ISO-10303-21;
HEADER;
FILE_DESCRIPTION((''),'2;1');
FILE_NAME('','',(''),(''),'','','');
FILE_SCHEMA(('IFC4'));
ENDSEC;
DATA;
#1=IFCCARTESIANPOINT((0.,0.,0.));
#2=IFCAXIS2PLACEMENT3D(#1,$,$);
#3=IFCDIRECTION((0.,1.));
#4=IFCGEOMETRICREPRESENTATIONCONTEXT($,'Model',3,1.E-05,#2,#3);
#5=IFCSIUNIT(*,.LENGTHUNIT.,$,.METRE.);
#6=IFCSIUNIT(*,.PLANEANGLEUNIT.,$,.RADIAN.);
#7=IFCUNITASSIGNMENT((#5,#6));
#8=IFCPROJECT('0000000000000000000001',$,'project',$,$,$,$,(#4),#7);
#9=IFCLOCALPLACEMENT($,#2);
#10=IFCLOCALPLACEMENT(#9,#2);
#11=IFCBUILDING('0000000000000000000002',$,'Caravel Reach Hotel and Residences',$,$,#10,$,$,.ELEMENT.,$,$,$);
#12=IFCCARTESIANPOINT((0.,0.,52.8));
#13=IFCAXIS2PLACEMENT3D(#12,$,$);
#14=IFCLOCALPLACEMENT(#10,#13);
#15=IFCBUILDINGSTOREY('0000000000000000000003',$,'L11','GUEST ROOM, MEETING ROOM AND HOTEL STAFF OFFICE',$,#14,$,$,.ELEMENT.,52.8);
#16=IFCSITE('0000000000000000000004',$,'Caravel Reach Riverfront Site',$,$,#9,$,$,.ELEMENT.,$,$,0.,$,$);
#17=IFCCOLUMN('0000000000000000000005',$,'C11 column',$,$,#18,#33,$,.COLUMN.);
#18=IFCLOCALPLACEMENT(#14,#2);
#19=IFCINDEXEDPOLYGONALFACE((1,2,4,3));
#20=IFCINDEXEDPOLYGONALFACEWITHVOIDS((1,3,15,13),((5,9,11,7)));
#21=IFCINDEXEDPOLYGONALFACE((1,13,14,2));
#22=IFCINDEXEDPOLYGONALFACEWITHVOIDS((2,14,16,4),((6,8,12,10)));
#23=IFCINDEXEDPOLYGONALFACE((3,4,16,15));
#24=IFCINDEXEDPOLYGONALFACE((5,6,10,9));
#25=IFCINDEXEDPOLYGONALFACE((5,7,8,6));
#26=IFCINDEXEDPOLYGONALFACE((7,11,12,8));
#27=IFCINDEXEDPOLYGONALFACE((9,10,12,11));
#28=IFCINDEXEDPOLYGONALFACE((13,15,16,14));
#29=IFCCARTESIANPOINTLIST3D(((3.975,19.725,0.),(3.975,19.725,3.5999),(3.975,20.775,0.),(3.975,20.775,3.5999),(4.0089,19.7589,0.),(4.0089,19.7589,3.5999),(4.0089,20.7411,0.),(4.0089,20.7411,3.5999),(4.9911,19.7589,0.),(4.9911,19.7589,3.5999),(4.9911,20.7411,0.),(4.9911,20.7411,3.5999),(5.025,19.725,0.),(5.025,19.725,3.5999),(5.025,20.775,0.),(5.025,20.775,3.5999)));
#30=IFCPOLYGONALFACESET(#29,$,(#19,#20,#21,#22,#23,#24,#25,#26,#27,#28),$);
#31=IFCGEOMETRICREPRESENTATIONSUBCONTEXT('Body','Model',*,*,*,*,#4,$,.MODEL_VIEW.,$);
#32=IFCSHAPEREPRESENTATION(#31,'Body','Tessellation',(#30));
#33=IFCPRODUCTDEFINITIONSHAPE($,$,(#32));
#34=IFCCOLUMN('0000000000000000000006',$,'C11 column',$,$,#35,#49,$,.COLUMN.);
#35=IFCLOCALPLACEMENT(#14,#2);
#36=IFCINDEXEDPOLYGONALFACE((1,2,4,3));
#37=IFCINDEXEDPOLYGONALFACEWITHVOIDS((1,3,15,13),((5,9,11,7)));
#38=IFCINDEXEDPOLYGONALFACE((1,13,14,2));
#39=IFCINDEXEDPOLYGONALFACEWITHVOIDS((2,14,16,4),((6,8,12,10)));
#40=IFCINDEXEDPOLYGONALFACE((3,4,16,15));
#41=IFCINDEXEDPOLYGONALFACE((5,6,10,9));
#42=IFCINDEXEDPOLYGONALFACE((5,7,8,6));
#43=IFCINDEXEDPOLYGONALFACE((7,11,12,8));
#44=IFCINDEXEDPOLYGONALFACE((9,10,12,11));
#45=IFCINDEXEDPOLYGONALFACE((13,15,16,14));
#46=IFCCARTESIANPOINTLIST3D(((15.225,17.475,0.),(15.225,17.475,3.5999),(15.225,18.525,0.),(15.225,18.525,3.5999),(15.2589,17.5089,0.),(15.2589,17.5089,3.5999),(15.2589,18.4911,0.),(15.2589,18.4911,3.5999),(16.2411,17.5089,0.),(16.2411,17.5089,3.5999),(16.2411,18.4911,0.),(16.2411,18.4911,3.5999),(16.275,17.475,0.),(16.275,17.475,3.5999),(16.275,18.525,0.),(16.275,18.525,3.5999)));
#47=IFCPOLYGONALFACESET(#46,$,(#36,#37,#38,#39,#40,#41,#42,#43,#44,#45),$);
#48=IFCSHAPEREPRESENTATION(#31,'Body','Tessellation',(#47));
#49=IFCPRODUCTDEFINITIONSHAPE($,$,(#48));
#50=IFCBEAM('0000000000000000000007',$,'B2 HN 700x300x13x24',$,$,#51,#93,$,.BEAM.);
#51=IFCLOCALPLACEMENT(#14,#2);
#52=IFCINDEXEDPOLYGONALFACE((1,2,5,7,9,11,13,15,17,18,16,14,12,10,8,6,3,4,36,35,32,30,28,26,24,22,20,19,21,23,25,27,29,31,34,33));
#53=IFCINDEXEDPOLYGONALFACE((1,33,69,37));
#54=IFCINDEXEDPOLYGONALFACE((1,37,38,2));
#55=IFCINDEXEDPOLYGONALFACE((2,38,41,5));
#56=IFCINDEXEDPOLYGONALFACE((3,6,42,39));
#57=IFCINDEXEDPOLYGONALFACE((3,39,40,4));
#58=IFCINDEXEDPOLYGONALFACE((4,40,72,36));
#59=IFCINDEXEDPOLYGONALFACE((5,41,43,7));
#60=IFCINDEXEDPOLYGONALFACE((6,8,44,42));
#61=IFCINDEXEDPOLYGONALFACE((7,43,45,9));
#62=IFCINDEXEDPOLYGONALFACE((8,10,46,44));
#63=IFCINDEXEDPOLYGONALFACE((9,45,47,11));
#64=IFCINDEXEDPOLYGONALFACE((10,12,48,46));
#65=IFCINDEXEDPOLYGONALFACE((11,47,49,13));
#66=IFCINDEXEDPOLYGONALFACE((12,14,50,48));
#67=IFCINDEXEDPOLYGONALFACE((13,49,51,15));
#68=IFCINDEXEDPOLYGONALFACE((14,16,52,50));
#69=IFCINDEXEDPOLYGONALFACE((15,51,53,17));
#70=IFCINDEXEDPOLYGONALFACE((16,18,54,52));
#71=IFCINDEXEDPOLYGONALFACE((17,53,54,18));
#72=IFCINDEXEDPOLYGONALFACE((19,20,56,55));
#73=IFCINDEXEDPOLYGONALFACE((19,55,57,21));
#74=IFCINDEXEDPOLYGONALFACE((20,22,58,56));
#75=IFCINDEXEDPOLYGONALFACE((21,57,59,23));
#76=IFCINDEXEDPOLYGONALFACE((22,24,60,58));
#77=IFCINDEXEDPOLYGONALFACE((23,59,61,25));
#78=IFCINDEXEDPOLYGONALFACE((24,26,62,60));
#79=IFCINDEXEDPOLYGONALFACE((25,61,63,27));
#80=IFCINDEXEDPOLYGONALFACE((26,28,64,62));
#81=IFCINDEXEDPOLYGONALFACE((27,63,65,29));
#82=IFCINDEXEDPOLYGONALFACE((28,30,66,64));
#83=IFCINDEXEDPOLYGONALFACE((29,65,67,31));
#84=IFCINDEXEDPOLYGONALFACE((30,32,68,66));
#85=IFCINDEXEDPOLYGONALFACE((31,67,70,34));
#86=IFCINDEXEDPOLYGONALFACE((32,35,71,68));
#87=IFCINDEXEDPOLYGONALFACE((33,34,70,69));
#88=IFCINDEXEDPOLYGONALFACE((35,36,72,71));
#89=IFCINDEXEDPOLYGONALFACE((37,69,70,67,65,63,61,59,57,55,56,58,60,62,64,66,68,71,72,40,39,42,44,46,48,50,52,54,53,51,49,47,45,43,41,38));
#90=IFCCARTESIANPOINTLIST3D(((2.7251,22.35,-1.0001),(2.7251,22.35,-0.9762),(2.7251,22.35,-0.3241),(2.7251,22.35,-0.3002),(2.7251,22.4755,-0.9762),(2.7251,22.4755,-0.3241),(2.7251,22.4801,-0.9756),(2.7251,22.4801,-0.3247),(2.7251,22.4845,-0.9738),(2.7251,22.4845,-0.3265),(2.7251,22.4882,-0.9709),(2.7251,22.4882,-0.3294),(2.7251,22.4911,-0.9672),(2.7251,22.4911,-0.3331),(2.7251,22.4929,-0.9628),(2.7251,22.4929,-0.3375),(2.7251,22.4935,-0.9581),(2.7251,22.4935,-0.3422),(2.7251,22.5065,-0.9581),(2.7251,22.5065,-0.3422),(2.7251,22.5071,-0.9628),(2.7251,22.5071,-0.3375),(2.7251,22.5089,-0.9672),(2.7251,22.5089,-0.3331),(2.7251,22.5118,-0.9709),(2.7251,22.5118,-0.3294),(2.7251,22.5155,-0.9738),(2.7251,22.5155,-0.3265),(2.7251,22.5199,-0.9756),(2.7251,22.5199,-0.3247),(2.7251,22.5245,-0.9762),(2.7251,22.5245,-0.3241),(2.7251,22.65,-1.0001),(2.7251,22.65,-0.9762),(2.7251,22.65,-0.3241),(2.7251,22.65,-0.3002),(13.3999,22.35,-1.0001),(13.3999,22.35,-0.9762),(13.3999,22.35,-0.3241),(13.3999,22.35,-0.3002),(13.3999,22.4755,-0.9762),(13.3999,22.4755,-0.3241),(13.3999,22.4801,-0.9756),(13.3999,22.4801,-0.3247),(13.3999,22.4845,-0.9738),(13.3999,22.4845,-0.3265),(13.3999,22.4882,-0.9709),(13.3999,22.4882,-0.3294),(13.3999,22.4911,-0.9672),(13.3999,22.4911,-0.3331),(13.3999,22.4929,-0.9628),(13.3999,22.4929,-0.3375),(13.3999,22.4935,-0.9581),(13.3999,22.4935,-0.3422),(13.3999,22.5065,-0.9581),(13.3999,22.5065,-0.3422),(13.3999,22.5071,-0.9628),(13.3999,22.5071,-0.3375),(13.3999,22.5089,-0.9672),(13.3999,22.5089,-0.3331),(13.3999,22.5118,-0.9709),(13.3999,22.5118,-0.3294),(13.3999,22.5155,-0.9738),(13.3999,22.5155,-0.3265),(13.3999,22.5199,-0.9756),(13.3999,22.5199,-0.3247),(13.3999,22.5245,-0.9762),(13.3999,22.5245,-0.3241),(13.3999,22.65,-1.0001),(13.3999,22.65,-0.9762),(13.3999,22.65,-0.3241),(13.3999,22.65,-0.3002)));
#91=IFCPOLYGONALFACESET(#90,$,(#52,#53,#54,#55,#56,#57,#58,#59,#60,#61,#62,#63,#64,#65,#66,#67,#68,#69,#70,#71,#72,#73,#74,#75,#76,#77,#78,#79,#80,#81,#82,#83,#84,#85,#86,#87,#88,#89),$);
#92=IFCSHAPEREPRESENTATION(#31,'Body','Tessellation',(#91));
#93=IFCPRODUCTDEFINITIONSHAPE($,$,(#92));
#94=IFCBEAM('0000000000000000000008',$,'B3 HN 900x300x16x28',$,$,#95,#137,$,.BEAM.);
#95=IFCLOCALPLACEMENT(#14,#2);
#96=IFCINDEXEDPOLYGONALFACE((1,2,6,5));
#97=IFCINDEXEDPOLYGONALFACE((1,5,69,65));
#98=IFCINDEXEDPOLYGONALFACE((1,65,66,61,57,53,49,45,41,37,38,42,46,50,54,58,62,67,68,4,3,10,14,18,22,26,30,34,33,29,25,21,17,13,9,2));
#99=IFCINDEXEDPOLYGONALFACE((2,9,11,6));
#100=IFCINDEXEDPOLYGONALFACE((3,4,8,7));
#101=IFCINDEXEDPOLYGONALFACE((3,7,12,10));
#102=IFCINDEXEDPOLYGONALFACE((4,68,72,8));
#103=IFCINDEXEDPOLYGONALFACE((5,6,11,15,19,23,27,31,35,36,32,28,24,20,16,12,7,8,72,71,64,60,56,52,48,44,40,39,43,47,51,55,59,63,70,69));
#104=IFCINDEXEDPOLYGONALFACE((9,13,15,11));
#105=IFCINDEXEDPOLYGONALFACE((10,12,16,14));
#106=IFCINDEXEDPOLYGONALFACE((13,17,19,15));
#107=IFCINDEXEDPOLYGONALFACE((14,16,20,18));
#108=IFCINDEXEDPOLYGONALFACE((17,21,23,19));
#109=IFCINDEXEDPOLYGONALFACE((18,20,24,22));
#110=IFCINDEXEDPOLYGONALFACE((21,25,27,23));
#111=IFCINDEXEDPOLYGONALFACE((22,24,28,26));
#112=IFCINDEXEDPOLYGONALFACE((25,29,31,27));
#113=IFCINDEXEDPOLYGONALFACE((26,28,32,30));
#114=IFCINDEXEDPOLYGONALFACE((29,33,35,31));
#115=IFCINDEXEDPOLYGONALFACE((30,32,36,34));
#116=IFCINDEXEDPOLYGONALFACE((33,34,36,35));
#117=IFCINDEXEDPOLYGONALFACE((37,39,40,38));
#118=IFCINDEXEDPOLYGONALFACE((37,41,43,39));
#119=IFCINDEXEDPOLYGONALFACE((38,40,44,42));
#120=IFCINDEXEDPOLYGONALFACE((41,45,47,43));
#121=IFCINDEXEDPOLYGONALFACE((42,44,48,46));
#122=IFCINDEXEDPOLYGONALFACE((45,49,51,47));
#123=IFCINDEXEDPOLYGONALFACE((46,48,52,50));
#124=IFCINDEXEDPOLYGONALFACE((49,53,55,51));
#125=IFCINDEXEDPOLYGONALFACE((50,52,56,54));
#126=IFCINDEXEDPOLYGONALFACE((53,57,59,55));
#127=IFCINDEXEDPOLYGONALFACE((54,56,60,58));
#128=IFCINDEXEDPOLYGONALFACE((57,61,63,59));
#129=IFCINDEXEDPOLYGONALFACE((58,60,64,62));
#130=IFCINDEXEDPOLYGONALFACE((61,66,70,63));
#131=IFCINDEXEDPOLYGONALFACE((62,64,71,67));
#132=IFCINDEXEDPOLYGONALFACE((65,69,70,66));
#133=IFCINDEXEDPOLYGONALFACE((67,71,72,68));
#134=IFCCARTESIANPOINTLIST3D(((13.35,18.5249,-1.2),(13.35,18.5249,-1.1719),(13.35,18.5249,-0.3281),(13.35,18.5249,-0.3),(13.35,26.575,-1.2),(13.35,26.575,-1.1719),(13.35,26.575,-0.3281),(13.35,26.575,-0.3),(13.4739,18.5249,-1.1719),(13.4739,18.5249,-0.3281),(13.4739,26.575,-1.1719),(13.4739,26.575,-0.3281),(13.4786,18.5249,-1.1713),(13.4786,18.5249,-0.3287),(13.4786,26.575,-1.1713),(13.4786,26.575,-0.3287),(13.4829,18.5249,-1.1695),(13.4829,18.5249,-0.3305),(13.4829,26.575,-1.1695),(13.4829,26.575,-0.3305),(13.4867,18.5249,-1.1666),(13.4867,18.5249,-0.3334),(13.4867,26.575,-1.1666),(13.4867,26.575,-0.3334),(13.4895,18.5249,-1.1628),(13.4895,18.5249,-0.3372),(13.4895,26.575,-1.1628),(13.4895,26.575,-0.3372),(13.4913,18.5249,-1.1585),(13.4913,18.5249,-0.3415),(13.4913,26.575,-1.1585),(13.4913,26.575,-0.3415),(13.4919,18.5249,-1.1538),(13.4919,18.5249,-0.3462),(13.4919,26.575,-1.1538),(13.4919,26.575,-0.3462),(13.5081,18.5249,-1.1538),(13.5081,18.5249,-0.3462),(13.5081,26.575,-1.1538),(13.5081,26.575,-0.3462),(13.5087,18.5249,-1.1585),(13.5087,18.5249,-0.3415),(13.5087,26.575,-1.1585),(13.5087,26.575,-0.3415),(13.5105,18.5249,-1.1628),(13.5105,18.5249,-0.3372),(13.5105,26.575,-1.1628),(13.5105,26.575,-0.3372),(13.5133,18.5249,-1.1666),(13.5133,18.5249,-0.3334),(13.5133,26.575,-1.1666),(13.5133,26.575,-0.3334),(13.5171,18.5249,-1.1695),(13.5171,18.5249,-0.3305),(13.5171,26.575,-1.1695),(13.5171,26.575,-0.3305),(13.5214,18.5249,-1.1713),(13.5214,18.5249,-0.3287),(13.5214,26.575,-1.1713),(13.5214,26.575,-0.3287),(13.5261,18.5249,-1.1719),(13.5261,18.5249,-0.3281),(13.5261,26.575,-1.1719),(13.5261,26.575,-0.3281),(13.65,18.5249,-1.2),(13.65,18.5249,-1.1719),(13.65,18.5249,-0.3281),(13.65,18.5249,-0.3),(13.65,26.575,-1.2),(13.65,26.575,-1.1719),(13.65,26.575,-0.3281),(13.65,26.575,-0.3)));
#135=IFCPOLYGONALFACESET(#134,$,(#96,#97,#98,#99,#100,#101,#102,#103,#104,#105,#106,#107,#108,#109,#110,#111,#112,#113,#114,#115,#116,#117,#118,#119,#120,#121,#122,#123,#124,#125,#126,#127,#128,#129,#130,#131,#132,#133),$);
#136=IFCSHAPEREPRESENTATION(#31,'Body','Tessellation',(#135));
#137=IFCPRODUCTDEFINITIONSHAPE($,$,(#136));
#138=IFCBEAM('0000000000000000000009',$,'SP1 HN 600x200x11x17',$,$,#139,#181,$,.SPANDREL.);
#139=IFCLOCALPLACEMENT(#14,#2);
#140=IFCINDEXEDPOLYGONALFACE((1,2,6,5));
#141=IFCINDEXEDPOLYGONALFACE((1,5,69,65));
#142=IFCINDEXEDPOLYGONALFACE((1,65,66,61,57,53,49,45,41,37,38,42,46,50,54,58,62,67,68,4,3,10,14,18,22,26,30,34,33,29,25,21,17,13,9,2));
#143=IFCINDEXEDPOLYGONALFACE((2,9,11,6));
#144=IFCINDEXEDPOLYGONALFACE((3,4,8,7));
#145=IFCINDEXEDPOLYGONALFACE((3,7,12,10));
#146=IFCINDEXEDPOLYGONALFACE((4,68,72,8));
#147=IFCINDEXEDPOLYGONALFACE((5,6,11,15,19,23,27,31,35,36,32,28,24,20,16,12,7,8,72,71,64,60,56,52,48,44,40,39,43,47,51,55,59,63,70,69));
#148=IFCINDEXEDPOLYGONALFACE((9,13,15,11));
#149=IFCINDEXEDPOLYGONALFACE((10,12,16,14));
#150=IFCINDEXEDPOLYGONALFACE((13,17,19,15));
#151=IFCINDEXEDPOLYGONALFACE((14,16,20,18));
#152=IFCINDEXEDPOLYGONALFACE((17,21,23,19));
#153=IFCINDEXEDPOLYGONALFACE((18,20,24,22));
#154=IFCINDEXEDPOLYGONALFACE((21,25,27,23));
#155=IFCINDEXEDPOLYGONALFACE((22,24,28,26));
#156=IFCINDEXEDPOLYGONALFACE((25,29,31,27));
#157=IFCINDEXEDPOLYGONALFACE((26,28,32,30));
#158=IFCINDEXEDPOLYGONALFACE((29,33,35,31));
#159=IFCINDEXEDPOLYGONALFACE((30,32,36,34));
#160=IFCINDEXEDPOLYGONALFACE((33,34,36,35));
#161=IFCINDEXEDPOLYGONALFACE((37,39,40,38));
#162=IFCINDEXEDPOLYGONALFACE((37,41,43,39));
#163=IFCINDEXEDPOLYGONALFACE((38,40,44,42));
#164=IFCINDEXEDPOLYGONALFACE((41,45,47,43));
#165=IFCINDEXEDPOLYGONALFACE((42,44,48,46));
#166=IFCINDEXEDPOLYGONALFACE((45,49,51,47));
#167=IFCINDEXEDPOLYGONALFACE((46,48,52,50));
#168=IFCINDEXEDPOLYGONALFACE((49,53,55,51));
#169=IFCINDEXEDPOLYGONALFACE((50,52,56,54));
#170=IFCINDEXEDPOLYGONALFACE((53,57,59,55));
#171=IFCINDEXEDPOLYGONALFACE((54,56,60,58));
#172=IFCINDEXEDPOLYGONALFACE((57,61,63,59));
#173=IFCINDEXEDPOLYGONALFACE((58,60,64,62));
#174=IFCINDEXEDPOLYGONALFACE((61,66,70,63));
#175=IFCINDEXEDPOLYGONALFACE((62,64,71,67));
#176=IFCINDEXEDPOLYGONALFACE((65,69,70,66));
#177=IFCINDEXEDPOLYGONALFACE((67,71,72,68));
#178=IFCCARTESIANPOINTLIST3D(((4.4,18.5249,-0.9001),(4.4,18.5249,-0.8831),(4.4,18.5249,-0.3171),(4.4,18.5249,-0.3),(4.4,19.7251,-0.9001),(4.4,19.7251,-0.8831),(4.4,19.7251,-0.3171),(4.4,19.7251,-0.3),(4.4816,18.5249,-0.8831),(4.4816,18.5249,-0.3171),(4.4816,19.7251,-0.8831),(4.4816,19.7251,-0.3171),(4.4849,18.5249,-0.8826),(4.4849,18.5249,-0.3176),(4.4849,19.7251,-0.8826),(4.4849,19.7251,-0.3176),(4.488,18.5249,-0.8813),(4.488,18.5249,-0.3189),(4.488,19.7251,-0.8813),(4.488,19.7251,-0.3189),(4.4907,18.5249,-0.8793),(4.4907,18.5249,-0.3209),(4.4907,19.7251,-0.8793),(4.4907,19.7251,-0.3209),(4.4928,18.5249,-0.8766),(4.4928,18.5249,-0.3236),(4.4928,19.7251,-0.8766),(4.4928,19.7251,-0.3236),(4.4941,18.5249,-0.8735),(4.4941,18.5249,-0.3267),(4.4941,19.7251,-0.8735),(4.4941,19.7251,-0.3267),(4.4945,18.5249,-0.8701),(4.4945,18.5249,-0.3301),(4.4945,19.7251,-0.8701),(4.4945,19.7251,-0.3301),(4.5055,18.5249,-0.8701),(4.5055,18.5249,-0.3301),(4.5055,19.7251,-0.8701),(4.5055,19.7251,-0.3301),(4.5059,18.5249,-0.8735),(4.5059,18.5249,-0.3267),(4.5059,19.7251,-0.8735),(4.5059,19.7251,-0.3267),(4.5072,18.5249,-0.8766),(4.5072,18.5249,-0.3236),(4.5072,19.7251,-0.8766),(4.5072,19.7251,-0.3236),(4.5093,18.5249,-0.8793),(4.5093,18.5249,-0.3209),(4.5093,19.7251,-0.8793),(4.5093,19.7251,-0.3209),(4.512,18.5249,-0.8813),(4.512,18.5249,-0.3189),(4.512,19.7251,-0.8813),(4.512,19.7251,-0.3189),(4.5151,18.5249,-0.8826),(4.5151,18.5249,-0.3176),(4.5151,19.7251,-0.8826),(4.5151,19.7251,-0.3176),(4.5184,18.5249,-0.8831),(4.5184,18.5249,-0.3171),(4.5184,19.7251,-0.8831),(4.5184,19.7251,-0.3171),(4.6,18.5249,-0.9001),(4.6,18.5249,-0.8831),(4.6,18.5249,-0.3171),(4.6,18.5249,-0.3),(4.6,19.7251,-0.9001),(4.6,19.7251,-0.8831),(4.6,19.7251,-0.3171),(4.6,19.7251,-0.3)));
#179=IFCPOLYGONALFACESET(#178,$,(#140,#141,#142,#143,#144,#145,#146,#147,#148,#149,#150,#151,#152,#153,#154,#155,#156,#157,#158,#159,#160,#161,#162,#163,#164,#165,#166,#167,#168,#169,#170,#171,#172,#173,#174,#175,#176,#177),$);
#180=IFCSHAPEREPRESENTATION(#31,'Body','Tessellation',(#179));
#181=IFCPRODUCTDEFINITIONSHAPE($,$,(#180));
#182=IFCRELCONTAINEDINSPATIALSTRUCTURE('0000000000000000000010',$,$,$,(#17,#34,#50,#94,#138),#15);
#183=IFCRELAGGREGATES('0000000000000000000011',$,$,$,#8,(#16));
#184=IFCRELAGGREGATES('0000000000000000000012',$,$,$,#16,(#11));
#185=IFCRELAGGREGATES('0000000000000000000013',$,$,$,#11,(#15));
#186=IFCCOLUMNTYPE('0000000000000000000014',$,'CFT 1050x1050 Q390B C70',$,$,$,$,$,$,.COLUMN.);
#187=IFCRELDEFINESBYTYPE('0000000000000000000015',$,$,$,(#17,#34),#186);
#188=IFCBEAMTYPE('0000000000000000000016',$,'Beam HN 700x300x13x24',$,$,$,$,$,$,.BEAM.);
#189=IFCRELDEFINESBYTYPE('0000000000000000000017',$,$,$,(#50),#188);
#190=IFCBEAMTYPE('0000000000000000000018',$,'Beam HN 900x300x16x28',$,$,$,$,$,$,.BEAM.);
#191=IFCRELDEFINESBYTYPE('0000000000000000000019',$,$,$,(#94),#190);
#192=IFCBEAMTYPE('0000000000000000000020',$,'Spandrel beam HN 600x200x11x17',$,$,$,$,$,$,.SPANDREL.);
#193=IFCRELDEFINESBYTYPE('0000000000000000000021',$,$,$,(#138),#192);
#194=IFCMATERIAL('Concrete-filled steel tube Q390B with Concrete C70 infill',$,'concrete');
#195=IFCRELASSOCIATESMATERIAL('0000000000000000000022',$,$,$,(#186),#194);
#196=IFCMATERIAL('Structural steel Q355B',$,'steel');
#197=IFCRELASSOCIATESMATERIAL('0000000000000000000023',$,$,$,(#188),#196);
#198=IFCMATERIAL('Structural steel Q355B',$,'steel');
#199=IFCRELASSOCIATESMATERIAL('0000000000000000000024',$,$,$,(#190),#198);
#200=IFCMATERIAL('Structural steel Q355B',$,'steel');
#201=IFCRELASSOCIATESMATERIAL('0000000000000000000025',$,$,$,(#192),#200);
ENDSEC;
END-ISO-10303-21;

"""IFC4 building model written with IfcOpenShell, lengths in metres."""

from ifc_helpers import new_model, si_unit, direction, frame, origin, origin_2d, place, context, subcontext, project, spatial, hollow_rectangle, i_section, extrude, material, material_profile, profile_set, type_object, element, save


model = new_model("IFC4")

# Units and contexts
model_context = context("Model", 3, precision=1e-05, world=origin(), true_north=direction((0.0, 1.0)))
body_context = subcontext(model_context, "Body", "Model", "MODEL_VIEW")
ifc_project = project(units=[si_unit("LENGTHUNIT", "METRE"), si_unit("PLANEANGLEUNIT", "RADIAN")], contexts=[model_context])

# Site, building, storey
site_placement = place(None, origin())
site = spatial("IfcSite", under=ifc_project, at=site_placement, Name="Caravel Reach Riverfront Site", CompositionType="ELEMENT", RefElevation=0.0)
building_placement = place(site_placement, origin())
building = spatial("IfcBuilding", under=site, at=building_placement, Name="Caravel Reach Hotel and Residences", CompositionType="ELEMENT")
storey_placement = place(building_placement, frame((0.0, 0.0, 52.8)))
storey = spatial("IfcBuildingStorey", under=building, at=storey_placement, Name="L11", Description="GUEST ROOM, MEETING ROOM AND HOTEL STAFF OFFICE", CompositionType="ELEMENT", Elevation=52.8)

# Columns
ifc_material_1 = material(Name="Concrete-filled steel tube Q390B with Concrete C70 infill", Category="concrete")
ifc_material_profile_1 = material_profile(ifc_material_1, hollow_rectangle(XDim=1.05, YDim=1.05, WallThickness=0.0339, at=origin_2d()), Name="RHS 1050x1050x34")
ifc_profile_set_1 = profile_set([ifc_material_profile_1], Name="Concrete-filled steel tube Q390B with Concrete C70 infill")
column_type = type_object("IfcColumnType", Name="CFT 1050x1050 Q390B C70", PredefinedType="COLUMN", material=ifc_profile_set_1)
for number, where, z_axis, x_axis, name in (
    (1, (4.5, 20.25, 0.0), (0.0, 0.0, 1.0), (1.0, 0.0, 0.0), "C11 column"),
    (2, (15.75, 18.0, 0.0), (0.0, 0.0, 1.0), (1.0, 0.0, 0.0), "C11 column"),
):
    element("IfcColumn", number, at=place(storey_placement, frame(where, z_axis=z_axis, x_axis=x_axis)), inside=storey, type_object=column_type, Name=name, PredefinedType="COLUMN", context=body_context, shape_type="SweptSolid", body=[
        extrude(hollow_rectangle(XDim=1.05, YDim=1.05, WallThickness=0.0339, at=origin_2d()), origin(), (0.0, 0.0, 1.0), 3.5999),
    ])

# Beams
ifc_material_2 = material(Name="Structural steel Q355B", Category="steel")
ifc_material_profile_2 = material_profile(ifc_material_2, i_section(OverallWidth=0.3, OverallDepth=0.7, WebThickness=0.0129, FlangeThickness=0.0239, FilletRadius=0.0181, at=origin_2d()), Name="HN 700x300x13x24")
ifc_profile_set_2 = profile_set([ifc_material_profile_2], Name="Structural steel Q355B")
beam_type_1 = type_object("IfcBeamType", Name="Beam HN 700x300x13x24", PredefinedType="BEAM", material=ifc_profile_set_2)
beam_1_placement = place(storey_placement, frame((13.3999, 22.5, -0.6501), z_axis=(-1.0, 0.0, 0.0), x_axis=(0.0, -1.0, 0.0)))
element("IfcBeam", 3, at=beam_1_placement, inside=storey, type_object=beam_type_1, Name="B2 HN 700x300x13x24", PredefinedType="BEAM", context=body_context, shape_type="SweptSolid", body=[
    extrude(i_section(OverallWidth=0.3, OverallDepth=0.7, WebThickness=0.0129, FlangeThickness=0.0239, FilletRadius=0.0181, at=origin_2d()), origin(), (0.0, 0.0, 1.0), 10.6748),
])
ifc_material_3 = material(Name="Structural steel Q355B", Category="steel")
ifc_material_profile_3 = material_profile(ifc_material_3, i_section(OverallWidth=0.3, OverallDepth=0.8999, WebThickness=0.0161, FlangeThickness=0.0281, FilletRadius=0.0181, at=origin_2d()), Name="HN 900x300x16x28")
ifc_profile_set_3 = profile_set([ifc_material_profile_3], Name="Structural steel Q355B")
beam_type_2 = type_object("IfcBeamType", Name="Beam HN 900x300x16x28", PredefinedType="BEAM", material=ifc_profile_set_3)
beam_2_placement = place(storey_placement, frame((13.5, 18.5249, -0.75), z_axis=(0.0, 1.0, 0.0), x_axis=(-1.0, 0.0, 0.0)))
element("IfcBeam", 4, at=beam_2_placement, inside=storey, type_object=beam_type_2, Name="B3 HN 900x300x16x28", PredefinedType="BEAM", context=body_context, shape_type="SweptSolid", body=[
    extrude(i_section(OverallWidth=0.3, OverallDepth=0.8999, WebThickness=0.0161, FlangeThickness=0.0281, FilletRadius=0.0181, at=origin_2d()), origin(), (0.0, 0.0, 1.0), 8.05),
])
ifc_material_4 = material(Name="Structural steel Q355B", Category="steel")
ifc_material_profile_4 = material_profile(ifc_material_4, i_section(OverallWidth=0.2, OverallDepth=0.6001, WebThickness=0.011, FlangeThickness=0.0171, FilletRadius=0.0129, at=origin_2d()), Name="HN 600x200x11x17")
ifc_profile_set_4 = profile_set([ifc_material_profile_4], Name="Structural steel Q355B")
beam_type_3 = type_object("IfcBeamType", Name="Spandrel beam HN 600x200x11x17", PredefinedType="SPANDREL", material=ifc_profile_set_4)
for number, where, z_axis, x_axis, name in (
    (5, (4.5, 19.7251, -0.6001), (0.0, -1.0, 0.0), (1.0, 0.0, 0.0), "SP1 HN 600x200x11x17"),
):
    element("IfcBeam", number, at=place(storey_placement, frame(where, z_axis=z_axis, x_axis=x_axis)), inside=storey, type_object=beam_type_3, Name=name, PredefinedType="SPANDREL", context=body_context, shape_type="SweptSolid", body=[
        extrude(i_section(OverallWidth=0.2, OverallDepth=0.6001, WebThickness=0.011, FlangeThickness=0.0171, FilletRadius=0.0129, at=origin_2d()), origin(), (0.0, 0.0, 1.0), 1.2002),
    ])

save(model, "model.ifc")
